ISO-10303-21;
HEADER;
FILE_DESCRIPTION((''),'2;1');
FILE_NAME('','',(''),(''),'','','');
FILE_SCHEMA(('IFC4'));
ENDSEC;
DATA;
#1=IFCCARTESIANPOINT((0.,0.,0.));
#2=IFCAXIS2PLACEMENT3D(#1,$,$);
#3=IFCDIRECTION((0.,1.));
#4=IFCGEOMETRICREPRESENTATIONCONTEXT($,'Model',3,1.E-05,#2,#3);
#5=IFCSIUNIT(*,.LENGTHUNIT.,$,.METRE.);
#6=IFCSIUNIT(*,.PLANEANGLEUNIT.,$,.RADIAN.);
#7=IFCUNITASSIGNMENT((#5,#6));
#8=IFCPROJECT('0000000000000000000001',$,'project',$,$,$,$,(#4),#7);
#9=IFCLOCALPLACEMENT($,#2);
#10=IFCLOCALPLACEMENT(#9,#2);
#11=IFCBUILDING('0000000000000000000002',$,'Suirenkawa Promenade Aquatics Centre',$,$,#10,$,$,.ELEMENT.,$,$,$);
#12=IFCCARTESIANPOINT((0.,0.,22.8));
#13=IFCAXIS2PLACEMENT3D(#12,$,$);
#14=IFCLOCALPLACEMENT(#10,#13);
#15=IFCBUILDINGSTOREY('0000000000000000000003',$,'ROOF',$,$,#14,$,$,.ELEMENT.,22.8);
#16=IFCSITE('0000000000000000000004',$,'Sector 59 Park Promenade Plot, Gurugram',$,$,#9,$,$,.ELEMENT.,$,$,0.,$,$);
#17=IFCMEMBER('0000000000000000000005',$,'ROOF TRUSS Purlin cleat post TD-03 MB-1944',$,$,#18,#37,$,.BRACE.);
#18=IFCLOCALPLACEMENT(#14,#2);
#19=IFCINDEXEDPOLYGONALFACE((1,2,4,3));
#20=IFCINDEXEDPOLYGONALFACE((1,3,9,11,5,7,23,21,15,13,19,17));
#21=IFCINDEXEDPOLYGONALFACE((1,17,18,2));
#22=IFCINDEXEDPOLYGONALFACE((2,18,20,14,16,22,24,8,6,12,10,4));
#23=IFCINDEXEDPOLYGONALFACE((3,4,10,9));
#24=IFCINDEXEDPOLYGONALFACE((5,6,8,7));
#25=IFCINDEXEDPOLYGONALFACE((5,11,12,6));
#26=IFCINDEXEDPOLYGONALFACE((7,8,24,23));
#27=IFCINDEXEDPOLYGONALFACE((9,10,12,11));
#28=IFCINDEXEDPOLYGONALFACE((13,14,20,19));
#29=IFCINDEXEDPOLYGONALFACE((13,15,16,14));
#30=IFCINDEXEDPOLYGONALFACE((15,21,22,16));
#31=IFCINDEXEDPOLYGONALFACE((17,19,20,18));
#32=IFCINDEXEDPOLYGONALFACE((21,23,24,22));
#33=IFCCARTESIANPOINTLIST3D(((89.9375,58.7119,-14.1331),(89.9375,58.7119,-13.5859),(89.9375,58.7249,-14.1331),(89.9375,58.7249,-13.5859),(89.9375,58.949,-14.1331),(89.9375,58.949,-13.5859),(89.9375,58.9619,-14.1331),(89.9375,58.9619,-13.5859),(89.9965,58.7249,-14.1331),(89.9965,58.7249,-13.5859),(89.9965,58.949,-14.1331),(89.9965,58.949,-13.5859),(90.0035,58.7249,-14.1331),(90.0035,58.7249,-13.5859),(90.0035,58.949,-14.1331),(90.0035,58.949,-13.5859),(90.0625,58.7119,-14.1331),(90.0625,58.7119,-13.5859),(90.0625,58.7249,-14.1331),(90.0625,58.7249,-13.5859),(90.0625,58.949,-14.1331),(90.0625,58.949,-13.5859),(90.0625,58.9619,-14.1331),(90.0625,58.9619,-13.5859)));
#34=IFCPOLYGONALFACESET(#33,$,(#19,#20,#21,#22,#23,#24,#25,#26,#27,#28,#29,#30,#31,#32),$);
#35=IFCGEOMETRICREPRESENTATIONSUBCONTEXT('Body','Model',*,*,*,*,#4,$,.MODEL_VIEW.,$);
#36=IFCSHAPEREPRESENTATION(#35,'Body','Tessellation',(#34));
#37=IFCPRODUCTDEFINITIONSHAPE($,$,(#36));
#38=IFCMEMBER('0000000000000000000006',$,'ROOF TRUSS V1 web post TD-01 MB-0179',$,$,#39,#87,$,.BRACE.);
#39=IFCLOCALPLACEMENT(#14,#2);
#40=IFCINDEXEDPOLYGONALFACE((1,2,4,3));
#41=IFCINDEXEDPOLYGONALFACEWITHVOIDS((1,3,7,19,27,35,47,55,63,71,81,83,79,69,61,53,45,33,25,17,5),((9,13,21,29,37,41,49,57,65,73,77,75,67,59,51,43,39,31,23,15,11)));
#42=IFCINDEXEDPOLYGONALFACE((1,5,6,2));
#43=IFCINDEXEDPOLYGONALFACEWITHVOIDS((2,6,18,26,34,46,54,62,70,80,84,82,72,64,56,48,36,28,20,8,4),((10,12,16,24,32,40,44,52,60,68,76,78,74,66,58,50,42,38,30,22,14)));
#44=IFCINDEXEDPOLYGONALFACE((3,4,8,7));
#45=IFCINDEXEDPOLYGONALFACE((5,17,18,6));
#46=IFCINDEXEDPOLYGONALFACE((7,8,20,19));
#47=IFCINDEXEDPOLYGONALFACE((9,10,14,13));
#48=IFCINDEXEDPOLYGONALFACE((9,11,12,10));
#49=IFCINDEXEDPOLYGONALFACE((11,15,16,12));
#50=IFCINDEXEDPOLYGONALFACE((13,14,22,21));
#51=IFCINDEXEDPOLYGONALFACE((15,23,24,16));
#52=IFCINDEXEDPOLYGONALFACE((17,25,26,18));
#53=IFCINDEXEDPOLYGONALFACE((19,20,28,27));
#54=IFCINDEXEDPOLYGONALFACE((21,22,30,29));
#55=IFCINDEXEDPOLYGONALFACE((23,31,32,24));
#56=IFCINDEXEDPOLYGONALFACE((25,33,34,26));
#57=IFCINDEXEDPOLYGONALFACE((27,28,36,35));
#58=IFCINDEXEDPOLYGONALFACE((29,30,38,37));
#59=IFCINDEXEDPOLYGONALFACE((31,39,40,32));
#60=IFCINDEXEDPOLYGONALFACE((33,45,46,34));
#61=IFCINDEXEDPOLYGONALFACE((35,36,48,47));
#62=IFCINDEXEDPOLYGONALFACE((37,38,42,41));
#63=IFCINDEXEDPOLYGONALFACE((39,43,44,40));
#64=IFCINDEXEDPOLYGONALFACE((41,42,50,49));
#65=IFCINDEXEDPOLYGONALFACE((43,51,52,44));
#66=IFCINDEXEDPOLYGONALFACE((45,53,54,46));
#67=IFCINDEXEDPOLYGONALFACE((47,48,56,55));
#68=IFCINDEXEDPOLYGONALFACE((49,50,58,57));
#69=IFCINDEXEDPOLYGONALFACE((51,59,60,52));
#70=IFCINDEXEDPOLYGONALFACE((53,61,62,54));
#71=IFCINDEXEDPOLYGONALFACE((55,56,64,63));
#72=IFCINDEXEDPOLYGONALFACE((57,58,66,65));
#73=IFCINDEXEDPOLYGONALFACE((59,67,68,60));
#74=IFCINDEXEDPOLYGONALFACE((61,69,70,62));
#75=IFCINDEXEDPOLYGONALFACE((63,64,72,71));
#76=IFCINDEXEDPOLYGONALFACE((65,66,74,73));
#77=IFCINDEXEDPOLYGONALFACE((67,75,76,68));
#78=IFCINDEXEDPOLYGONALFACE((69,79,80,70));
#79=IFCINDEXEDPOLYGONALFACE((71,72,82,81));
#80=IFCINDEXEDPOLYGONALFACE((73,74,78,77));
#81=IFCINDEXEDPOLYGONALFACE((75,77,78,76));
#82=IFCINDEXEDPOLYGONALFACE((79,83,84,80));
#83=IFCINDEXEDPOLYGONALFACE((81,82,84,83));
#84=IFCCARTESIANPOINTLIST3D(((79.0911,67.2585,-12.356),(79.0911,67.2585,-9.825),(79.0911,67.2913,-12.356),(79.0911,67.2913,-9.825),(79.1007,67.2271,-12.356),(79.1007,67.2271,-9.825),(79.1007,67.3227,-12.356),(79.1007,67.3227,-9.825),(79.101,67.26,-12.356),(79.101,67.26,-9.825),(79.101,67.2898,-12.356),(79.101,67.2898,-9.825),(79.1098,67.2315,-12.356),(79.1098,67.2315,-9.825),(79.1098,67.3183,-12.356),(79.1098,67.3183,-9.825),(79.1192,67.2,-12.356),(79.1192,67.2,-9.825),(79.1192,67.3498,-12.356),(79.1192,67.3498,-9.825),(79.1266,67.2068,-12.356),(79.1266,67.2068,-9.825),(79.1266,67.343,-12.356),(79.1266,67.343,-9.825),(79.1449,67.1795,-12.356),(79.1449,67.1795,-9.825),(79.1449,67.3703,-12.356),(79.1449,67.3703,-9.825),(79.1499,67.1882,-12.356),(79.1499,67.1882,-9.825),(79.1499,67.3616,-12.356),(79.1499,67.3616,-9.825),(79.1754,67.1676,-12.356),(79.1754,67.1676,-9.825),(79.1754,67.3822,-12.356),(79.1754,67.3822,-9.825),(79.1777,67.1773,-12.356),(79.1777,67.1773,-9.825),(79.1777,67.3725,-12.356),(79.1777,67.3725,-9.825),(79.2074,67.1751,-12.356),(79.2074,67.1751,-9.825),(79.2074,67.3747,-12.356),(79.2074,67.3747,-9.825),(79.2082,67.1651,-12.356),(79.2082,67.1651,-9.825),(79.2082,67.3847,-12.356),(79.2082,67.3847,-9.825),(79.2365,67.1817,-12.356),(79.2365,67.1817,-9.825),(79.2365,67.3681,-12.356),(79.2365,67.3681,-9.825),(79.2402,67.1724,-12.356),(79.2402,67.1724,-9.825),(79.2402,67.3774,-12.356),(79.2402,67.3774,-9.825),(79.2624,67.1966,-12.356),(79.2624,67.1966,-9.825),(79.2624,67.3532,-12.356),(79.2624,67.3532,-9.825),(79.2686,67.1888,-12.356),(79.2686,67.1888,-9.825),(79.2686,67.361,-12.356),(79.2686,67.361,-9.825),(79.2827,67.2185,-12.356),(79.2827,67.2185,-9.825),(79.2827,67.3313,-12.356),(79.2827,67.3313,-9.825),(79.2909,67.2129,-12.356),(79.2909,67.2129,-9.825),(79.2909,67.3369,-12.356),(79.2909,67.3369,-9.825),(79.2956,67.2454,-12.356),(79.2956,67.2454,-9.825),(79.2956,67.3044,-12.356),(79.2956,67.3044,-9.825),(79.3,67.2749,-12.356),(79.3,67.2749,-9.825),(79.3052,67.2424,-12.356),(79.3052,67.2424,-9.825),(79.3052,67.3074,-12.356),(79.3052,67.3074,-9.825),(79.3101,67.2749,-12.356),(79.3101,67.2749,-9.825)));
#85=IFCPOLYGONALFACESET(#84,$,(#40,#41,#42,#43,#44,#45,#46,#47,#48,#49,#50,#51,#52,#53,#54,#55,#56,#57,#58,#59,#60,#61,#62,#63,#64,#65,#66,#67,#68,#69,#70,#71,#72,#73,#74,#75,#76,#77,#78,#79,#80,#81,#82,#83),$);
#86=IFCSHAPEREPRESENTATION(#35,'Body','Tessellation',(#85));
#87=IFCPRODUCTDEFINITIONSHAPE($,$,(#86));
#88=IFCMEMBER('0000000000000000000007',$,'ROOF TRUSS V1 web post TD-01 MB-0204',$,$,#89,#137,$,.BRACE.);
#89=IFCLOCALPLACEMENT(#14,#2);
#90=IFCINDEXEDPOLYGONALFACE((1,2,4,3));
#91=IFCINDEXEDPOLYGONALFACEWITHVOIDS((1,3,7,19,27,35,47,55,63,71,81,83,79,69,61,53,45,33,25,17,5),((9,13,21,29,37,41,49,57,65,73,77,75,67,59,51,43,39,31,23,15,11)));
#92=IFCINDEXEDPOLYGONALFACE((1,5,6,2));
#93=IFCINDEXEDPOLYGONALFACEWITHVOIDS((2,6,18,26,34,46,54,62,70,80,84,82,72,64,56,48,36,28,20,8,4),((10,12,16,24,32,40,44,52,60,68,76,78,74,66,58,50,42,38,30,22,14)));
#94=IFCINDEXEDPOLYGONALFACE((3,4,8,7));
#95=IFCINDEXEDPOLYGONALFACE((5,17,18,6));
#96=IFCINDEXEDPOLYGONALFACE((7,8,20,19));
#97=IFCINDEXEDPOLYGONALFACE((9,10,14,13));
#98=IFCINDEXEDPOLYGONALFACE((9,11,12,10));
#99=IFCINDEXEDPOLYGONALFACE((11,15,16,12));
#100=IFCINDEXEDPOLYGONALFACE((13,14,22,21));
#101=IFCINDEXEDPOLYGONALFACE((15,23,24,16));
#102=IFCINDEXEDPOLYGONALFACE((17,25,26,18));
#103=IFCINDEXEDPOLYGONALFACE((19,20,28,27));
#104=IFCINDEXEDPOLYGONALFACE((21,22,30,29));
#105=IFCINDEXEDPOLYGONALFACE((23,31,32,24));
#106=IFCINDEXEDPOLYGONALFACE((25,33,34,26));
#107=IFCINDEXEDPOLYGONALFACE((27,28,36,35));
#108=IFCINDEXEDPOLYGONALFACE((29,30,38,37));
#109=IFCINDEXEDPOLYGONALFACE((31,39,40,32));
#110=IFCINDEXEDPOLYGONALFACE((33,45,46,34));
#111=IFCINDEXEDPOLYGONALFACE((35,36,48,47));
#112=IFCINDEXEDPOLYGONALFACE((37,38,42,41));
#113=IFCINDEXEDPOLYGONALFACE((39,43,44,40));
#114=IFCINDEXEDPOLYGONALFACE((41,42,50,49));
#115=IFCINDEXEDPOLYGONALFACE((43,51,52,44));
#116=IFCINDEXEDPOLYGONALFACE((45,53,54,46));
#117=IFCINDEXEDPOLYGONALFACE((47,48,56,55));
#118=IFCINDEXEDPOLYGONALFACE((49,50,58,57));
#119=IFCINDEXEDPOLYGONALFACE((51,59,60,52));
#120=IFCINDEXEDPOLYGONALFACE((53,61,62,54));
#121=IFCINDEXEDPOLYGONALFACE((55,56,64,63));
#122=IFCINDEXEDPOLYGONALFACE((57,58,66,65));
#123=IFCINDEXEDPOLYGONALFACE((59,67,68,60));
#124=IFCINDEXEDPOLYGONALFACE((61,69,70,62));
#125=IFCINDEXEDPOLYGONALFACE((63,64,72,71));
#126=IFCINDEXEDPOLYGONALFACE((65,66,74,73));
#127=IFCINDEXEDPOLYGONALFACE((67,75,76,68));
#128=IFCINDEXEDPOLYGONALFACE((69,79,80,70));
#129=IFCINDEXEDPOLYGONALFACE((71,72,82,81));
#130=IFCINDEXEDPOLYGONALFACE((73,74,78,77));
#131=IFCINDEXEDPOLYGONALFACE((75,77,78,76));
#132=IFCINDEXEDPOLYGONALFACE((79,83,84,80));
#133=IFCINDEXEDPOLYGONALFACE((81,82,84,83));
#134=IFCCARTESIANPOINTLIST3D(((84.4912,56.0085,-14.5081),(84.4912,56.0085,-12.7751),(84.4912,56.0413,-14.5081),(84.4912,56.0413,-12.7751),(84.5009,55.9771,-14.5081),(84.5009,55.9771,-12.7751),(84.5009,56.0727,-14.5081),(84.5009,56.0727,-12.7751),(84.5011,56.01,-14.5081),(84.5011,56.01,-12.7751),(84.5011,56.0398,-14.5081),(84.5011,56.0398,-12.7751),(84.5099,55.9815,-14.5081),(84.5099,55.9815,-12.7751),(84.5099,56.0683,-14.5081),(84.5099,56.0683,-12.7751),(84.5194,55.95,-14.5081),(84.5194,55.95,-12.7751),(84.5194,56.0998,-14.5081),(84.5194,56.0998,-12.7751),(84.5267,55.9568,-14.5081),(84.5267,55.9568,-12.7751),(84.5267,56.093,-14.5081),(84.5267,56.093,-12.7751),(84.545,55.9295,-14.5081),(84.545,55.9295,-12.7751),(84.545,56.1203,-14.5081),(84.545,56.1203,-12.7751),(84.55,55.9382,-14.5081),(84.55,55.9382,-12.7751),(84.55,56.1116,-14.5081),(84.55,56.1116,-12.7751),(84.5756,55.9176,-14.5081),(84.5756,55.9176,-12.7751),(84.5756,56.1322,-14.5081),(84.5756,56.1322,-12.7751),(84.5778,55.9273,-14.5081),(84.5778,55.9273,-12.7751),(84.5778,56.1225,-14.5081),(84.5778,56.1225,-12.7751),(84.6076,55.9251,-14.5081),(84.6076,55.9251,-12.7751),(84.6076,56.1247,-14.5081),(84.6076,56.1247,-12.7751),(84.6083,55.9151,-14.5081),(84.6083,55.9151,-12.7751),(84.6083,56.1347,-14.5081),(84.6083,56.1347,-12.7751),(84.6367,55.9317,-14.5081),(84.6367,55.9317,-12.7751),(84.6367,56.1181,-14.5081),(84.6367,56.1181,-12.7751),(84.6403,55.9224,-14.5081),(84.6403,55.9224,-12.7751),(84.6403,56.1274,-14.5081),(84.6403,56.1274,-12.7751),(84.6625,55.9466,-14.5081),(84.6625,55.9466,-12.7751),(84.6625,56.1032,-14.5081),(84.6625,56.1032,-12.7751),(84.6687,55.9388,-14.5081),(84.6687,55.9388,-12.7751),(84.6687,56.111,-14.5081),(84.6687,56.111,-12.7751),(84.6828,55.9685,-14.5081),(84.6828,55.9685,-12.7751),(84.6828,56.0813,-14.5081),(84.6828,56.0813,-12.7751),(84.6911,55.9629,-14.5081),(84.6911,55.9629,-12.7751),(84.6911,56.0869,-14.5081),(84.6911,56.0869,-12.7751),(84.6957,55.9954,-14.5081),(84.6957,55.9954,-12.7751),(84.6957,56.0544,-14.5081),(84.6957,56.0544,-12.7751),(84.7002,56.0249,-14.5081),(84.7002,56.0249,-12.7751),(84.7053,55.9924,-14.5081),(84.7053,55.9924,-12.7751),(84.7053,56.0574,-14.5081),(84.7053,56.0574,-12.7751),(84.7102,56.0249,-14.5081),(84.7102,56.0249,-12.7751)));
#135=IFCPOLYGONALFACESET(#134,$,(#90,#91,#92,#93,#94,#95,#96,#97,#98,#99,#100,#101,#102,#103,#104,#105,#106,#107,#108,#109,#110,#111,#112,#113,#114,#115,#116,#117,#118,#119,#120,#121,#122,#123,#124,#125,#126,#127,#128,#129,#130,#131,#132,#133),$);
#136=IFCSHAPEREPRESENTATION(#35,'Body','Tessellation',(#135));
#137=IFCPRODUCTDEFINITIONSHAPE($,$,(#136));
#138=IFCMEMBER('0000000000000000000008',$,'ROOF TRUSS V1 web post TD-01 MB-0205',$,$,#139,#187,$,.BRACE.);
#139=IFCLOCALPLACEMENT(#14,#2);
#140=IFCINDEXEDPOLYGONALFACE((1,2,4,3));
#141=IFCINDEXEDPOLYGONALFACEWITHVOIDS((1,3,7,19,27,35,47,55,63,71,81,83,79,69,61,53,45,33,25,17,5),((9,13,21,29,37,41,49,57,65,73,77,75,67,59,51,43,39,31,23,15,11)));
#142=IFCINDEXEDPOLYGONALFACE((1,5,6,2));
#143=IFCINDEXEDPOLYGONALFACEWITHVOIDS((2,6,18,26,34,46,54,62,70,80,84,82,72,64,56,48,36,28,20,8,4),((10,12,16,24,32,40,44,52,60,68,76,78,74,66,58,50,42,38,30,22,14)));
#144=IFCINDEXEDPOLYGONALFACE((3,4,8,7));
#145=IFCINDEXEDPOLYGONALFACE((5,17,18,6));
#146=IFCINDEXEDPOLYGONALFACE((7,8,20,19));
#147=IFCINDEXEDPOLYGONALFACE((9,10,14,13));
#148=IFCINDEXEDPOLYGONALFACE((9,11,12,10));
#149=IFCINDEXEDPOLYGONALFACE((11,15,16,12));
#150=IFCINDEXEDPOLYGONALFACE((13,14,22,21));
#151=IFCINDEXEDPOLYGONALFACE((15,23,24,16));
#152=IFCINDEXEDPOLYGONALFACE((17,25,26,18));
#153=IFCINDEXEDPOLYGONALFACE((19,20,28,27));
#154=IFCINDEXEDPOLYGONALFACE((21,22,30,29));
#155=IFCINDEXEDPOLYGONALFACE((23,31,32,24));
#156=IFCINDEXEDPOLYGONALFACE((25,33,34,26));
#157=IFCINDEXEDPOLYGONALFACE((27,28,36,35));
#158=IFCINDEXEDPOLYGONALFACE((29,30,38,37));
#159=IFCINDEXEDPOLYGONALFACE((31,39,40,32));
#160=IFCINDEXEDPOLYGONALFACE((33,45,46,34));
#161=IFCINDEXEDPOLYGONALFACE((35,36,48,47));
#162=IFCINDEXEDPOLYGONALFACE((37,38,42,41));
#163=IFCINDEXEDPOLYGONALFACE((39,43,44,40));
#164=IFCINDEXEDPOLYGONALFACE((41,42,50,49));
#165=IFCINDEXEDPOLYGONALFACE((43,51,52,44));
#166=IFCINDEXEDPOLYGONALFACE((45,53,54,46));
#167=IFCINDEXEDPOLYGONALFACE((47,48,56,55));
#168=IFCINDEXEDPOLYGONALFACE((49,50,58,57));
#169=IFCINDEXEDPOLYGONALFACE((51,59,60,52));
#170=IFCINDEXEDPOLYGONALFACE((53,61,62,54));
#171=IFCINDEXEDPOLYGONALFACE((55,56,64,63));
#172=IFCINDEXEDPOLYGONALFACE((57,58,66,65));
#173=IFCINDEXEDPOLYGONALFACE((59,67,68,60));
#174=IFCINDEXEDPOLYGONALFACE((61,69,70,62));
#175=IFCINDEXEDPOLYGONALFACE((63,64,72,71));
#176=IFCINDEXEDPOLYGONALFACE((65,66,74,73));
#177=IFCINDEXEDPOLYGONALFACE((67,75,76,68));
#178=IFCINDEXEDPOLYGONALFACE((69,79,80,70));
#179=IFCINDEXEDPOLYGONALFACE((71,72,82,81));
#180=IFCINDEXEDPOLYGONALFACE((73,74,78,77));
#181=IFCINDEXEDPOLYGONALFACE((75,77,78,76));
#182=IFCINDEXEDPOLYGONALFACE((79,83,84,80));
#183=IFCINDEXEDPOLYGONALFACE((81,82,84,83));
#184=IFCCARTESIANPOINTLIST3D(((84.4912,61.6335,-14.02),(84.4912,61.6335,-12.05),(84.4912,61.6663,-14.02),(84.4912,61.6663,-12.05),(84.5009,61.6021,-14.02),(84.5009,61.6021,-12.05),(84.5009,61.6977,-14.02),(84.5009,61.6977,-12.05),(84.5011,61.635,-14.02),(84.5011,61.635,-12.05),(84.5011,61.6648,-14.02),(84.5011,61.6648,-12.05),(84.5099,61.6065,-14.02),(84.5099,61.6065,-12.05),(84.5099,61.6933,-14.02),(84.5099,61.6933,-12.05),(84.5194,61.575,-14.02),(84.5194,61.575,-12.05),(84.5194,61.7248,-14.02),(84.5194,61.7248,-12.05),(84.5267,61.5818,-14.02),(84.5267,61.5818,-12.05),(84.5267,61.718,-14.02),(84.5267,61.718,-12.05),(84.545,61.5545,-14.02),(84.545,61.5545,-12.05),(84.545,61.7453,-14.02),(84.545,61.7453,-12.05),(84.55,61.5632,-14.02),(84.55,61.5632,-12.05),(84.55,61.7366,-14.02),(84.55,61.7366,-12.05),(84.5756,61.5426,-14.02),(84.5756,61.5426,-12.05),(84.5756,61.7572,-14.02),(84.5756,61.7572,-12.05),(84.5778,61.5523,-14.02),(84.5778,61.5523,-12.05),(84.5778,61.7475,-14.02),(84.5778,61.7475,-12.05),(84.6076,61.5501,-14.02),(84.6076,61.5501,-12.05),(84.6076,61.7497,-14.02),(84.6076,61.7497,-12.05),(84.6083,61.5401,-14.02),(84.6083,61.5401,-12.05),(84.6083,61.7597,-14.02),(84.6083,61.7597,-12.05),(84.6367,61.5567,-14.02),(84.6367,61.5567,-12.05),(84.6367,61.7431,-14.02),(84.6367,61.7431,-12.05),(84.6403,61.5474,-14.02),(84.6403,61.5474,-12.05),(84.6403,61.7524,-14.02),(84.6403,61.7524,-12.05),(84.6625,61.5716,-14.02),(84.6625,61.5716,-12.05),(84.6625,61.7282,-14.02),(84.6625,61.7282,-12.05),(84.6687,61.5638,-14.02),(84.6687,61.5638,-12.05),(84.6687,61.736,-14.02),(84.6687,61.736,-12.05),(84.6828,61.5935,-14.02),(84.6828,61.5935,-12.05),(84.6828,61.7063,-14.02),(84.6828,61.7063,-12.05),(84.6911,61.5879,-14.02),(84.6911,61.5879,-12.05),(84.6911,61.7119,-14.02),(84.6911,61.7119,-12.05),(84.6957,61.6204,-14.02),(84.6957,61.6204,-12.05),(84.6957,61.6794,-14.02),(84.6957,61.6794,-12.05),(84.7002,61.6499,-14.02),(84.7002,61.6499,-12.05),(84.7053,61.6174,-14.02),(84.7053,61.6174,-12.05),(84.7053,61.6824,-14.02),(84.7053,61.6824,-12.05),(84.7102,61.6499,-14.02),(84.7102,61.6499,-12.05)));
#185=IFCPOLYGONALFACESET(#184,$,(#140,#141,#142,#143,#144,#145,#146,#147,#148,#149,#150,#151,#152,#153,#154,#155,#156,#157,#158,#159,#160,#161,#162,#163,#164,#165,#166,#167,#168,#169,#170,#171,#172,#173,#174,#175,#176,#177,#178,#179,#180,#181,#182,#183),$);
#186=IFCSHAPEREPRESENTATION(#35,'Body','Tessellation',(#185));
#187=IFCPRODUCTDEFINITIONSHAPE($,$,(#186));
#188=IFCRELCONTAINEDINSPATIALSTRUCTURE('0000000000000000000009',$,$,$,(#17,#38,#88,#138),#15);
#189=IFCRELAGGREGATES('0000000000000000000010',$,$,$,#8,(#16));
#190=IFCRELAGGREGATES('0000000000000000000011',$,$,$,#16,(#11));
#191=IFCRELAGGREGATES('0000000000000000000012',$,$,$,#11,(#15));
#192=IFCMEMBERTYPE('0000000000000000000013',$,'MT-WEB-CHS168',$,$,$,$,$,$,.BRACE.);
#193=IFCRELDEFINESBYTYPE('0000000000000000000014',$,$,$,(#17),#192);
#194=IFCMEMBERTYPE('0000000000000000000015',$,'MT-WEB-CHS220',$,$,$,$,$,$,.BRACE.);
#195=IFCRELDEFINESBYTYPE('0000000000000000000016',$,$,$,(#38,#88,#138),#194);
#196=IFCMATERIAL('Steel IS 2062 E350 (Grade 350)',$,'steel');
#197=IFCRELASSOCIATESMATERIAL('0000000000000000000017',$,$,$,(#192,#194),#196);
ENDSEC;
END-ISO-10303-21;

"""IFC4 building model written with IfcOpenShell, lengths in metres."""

from ifc_helpers import new_model, si_unit, direction, frame, origin, origin_2d, place, context, subcontext, project, spatial, hollow_circle, i_section, extrude, material, material_profile, profile_set, type_object, element, save


model = new_model("IFC4")

# Units and contexts
model_context = context("Model", 3, precision=1e-05, world=origin(), true_north=direction((0.0, 1.0)))
body_context = subcontext(model_context, "Body", "Model", "MODEL_VIEW")
ifc_project = project(units=[si_unit("LENGTHUNIT", "METRE"), si_unit("PLANEANGLEUNIT", "RADIAN")], contexts=[model_context])

# Site, building, storey
site_placement = place(None, origin())
site = spatial("IfcSite", under=ifc_project, at=site_placement, Name="Sector 59 Park Promenade Plot, Gurugram", CompositionType="ELEMENT", RefElevation=0.0)
building_placement = place(site_placement, origin())
building = spatial("IfcBuilding", under=site, at=building_placement, Name="Suirenkawa Promenade Aquatics Centre", CompositionType="ELEMENT")
storey_placement = place(building_placement, frame((0.0, 0.0, 22.8)))
storey = spatial("IfcBuildingStorey", under=building, at=storey_placement, Name="ROOF", CompositionType="ELEMENT", Elevation=22.8)

# Shared definitions
ifc_material = material(Name="Steel IS 2062 E350 (Grade 350)", Category="steel")

# Members
ifc_material_profile_1 = material_profile(ifc_material, i_section(OverallWidth=0.125, OverallDepth=0.25, WebThickness=0.0071, FlangeThickness=0.0129, at=origin_2d()), Name="ISMB 250", Category="steel")
ifc_profile_set_1 = profile_set([ifc_material_profile_1], Name="Steel IS 2062 E350 (Grade 350)")
member_type_1 = type_object("IfcMemberType", Name="MT-WEB-CHS168", PredefinedType="BRACE", material=ifc_profile_set_1)
member_1_placement = place(storey_placement, frame((90.0, 58.8369, -14.1331), z_axis=(0.0, 0.0, 1.0), x_axis=(1.0, 0.0, 0.0)))
element("IfcMember", 1, at=member_1_placement, inside=storey, type_object=member_type_1, Name="ROOF TRUSS Purlin cleat post TD-03 MB-1944", PredefinedType="BRACE", context=body_context, shape_type="SweptSolid", body=[
    extrude(i_section(OverallWidth=0.125, OverallDepth=0.25, WebThickness=0.0071, FlangeThickness=0.0129, at=origin_2d()), origin(), (0.0, 0.0, 1.0), 0.5471),
])
ifc_material_profile_2 = material_profile(ifc_material, hollow_circle(Radius=0.1101, WallThickness=0.01, at=origin_2d()), Name="CHS 220x10", Category="steel")
ifc_profile_set_2 = profile_set([ifc_material_profile_2], Name="Steel IS 2062 E350 (Grade 350)")
member_type_2 = type_object("IfcMemberType", Name="MT-WEB-CHS220", PredefinedType="BRACE", material=ifc_profile_set_2)
member_2_placement = place(storey_placement, frame((79.2, 67.2749, -12.356), z_axis=(0.0, 0.0, 1.0), x_axis=(1.0, 0.0, 0.0)))
element("IfcMember", 2, at=member_2_placement, inside=storey, type_object=member_type_2, Name="ROOF TRUSS V1 web post TD-01 MB-0179", PredefinedType="BRACE", context=body_context, shape_type="SweptSolid", body=[
    extrude(hollow_circle(Radius=0.1101, WallThickness=0.01, at=origin_2d()), origin(), (0.0, 0.0, 1.0), 2.531),
])
member_3_placement = place(storey_placement, frame((84.6001, 56.0249, -14.5081), z_axis=(0.0, 0.0, 1.0), x_axis=(1.0, 0.0, 0.0)))
element("IfcMember", 3, at=member_3_placement, inside=storey, type_object=member_type_2, Name="ROOF TRUSS V1 web post TD-01 MB-0204", PredefinedType="BRACE", context=body_context, shape_type="SweptSolid", body=[
    extrude(hollow_circle(Radius=0.1101, WallThickness=0.01, at=origin_2d()), origin(), (0.0, 0.0, 1.0), 1.7329),
])
member_4_placement = place(storey_placement, frame((84.6001, 61.6499, -14.02), z_axis=(0.0, 0.0, 1.0), x_axis=(1.0, 0.0, 0.0)))
element("IfcMember", 4, at=member_4_placement, inside=storey, type_object=member_type_2, Name="ROOF TRUSS V1 web post TD-01 MB-0205", PredefinedType="BRACE", context=body_context, shape_type="SweptSolid", body=[
    extrude(hollow_circle(Radius=0.1101, WallThickness=0.01, at=origin_2d()), origin(), (0.0, 0.0, 1.0), 1.97),
])

save(model, "model.ifc")
